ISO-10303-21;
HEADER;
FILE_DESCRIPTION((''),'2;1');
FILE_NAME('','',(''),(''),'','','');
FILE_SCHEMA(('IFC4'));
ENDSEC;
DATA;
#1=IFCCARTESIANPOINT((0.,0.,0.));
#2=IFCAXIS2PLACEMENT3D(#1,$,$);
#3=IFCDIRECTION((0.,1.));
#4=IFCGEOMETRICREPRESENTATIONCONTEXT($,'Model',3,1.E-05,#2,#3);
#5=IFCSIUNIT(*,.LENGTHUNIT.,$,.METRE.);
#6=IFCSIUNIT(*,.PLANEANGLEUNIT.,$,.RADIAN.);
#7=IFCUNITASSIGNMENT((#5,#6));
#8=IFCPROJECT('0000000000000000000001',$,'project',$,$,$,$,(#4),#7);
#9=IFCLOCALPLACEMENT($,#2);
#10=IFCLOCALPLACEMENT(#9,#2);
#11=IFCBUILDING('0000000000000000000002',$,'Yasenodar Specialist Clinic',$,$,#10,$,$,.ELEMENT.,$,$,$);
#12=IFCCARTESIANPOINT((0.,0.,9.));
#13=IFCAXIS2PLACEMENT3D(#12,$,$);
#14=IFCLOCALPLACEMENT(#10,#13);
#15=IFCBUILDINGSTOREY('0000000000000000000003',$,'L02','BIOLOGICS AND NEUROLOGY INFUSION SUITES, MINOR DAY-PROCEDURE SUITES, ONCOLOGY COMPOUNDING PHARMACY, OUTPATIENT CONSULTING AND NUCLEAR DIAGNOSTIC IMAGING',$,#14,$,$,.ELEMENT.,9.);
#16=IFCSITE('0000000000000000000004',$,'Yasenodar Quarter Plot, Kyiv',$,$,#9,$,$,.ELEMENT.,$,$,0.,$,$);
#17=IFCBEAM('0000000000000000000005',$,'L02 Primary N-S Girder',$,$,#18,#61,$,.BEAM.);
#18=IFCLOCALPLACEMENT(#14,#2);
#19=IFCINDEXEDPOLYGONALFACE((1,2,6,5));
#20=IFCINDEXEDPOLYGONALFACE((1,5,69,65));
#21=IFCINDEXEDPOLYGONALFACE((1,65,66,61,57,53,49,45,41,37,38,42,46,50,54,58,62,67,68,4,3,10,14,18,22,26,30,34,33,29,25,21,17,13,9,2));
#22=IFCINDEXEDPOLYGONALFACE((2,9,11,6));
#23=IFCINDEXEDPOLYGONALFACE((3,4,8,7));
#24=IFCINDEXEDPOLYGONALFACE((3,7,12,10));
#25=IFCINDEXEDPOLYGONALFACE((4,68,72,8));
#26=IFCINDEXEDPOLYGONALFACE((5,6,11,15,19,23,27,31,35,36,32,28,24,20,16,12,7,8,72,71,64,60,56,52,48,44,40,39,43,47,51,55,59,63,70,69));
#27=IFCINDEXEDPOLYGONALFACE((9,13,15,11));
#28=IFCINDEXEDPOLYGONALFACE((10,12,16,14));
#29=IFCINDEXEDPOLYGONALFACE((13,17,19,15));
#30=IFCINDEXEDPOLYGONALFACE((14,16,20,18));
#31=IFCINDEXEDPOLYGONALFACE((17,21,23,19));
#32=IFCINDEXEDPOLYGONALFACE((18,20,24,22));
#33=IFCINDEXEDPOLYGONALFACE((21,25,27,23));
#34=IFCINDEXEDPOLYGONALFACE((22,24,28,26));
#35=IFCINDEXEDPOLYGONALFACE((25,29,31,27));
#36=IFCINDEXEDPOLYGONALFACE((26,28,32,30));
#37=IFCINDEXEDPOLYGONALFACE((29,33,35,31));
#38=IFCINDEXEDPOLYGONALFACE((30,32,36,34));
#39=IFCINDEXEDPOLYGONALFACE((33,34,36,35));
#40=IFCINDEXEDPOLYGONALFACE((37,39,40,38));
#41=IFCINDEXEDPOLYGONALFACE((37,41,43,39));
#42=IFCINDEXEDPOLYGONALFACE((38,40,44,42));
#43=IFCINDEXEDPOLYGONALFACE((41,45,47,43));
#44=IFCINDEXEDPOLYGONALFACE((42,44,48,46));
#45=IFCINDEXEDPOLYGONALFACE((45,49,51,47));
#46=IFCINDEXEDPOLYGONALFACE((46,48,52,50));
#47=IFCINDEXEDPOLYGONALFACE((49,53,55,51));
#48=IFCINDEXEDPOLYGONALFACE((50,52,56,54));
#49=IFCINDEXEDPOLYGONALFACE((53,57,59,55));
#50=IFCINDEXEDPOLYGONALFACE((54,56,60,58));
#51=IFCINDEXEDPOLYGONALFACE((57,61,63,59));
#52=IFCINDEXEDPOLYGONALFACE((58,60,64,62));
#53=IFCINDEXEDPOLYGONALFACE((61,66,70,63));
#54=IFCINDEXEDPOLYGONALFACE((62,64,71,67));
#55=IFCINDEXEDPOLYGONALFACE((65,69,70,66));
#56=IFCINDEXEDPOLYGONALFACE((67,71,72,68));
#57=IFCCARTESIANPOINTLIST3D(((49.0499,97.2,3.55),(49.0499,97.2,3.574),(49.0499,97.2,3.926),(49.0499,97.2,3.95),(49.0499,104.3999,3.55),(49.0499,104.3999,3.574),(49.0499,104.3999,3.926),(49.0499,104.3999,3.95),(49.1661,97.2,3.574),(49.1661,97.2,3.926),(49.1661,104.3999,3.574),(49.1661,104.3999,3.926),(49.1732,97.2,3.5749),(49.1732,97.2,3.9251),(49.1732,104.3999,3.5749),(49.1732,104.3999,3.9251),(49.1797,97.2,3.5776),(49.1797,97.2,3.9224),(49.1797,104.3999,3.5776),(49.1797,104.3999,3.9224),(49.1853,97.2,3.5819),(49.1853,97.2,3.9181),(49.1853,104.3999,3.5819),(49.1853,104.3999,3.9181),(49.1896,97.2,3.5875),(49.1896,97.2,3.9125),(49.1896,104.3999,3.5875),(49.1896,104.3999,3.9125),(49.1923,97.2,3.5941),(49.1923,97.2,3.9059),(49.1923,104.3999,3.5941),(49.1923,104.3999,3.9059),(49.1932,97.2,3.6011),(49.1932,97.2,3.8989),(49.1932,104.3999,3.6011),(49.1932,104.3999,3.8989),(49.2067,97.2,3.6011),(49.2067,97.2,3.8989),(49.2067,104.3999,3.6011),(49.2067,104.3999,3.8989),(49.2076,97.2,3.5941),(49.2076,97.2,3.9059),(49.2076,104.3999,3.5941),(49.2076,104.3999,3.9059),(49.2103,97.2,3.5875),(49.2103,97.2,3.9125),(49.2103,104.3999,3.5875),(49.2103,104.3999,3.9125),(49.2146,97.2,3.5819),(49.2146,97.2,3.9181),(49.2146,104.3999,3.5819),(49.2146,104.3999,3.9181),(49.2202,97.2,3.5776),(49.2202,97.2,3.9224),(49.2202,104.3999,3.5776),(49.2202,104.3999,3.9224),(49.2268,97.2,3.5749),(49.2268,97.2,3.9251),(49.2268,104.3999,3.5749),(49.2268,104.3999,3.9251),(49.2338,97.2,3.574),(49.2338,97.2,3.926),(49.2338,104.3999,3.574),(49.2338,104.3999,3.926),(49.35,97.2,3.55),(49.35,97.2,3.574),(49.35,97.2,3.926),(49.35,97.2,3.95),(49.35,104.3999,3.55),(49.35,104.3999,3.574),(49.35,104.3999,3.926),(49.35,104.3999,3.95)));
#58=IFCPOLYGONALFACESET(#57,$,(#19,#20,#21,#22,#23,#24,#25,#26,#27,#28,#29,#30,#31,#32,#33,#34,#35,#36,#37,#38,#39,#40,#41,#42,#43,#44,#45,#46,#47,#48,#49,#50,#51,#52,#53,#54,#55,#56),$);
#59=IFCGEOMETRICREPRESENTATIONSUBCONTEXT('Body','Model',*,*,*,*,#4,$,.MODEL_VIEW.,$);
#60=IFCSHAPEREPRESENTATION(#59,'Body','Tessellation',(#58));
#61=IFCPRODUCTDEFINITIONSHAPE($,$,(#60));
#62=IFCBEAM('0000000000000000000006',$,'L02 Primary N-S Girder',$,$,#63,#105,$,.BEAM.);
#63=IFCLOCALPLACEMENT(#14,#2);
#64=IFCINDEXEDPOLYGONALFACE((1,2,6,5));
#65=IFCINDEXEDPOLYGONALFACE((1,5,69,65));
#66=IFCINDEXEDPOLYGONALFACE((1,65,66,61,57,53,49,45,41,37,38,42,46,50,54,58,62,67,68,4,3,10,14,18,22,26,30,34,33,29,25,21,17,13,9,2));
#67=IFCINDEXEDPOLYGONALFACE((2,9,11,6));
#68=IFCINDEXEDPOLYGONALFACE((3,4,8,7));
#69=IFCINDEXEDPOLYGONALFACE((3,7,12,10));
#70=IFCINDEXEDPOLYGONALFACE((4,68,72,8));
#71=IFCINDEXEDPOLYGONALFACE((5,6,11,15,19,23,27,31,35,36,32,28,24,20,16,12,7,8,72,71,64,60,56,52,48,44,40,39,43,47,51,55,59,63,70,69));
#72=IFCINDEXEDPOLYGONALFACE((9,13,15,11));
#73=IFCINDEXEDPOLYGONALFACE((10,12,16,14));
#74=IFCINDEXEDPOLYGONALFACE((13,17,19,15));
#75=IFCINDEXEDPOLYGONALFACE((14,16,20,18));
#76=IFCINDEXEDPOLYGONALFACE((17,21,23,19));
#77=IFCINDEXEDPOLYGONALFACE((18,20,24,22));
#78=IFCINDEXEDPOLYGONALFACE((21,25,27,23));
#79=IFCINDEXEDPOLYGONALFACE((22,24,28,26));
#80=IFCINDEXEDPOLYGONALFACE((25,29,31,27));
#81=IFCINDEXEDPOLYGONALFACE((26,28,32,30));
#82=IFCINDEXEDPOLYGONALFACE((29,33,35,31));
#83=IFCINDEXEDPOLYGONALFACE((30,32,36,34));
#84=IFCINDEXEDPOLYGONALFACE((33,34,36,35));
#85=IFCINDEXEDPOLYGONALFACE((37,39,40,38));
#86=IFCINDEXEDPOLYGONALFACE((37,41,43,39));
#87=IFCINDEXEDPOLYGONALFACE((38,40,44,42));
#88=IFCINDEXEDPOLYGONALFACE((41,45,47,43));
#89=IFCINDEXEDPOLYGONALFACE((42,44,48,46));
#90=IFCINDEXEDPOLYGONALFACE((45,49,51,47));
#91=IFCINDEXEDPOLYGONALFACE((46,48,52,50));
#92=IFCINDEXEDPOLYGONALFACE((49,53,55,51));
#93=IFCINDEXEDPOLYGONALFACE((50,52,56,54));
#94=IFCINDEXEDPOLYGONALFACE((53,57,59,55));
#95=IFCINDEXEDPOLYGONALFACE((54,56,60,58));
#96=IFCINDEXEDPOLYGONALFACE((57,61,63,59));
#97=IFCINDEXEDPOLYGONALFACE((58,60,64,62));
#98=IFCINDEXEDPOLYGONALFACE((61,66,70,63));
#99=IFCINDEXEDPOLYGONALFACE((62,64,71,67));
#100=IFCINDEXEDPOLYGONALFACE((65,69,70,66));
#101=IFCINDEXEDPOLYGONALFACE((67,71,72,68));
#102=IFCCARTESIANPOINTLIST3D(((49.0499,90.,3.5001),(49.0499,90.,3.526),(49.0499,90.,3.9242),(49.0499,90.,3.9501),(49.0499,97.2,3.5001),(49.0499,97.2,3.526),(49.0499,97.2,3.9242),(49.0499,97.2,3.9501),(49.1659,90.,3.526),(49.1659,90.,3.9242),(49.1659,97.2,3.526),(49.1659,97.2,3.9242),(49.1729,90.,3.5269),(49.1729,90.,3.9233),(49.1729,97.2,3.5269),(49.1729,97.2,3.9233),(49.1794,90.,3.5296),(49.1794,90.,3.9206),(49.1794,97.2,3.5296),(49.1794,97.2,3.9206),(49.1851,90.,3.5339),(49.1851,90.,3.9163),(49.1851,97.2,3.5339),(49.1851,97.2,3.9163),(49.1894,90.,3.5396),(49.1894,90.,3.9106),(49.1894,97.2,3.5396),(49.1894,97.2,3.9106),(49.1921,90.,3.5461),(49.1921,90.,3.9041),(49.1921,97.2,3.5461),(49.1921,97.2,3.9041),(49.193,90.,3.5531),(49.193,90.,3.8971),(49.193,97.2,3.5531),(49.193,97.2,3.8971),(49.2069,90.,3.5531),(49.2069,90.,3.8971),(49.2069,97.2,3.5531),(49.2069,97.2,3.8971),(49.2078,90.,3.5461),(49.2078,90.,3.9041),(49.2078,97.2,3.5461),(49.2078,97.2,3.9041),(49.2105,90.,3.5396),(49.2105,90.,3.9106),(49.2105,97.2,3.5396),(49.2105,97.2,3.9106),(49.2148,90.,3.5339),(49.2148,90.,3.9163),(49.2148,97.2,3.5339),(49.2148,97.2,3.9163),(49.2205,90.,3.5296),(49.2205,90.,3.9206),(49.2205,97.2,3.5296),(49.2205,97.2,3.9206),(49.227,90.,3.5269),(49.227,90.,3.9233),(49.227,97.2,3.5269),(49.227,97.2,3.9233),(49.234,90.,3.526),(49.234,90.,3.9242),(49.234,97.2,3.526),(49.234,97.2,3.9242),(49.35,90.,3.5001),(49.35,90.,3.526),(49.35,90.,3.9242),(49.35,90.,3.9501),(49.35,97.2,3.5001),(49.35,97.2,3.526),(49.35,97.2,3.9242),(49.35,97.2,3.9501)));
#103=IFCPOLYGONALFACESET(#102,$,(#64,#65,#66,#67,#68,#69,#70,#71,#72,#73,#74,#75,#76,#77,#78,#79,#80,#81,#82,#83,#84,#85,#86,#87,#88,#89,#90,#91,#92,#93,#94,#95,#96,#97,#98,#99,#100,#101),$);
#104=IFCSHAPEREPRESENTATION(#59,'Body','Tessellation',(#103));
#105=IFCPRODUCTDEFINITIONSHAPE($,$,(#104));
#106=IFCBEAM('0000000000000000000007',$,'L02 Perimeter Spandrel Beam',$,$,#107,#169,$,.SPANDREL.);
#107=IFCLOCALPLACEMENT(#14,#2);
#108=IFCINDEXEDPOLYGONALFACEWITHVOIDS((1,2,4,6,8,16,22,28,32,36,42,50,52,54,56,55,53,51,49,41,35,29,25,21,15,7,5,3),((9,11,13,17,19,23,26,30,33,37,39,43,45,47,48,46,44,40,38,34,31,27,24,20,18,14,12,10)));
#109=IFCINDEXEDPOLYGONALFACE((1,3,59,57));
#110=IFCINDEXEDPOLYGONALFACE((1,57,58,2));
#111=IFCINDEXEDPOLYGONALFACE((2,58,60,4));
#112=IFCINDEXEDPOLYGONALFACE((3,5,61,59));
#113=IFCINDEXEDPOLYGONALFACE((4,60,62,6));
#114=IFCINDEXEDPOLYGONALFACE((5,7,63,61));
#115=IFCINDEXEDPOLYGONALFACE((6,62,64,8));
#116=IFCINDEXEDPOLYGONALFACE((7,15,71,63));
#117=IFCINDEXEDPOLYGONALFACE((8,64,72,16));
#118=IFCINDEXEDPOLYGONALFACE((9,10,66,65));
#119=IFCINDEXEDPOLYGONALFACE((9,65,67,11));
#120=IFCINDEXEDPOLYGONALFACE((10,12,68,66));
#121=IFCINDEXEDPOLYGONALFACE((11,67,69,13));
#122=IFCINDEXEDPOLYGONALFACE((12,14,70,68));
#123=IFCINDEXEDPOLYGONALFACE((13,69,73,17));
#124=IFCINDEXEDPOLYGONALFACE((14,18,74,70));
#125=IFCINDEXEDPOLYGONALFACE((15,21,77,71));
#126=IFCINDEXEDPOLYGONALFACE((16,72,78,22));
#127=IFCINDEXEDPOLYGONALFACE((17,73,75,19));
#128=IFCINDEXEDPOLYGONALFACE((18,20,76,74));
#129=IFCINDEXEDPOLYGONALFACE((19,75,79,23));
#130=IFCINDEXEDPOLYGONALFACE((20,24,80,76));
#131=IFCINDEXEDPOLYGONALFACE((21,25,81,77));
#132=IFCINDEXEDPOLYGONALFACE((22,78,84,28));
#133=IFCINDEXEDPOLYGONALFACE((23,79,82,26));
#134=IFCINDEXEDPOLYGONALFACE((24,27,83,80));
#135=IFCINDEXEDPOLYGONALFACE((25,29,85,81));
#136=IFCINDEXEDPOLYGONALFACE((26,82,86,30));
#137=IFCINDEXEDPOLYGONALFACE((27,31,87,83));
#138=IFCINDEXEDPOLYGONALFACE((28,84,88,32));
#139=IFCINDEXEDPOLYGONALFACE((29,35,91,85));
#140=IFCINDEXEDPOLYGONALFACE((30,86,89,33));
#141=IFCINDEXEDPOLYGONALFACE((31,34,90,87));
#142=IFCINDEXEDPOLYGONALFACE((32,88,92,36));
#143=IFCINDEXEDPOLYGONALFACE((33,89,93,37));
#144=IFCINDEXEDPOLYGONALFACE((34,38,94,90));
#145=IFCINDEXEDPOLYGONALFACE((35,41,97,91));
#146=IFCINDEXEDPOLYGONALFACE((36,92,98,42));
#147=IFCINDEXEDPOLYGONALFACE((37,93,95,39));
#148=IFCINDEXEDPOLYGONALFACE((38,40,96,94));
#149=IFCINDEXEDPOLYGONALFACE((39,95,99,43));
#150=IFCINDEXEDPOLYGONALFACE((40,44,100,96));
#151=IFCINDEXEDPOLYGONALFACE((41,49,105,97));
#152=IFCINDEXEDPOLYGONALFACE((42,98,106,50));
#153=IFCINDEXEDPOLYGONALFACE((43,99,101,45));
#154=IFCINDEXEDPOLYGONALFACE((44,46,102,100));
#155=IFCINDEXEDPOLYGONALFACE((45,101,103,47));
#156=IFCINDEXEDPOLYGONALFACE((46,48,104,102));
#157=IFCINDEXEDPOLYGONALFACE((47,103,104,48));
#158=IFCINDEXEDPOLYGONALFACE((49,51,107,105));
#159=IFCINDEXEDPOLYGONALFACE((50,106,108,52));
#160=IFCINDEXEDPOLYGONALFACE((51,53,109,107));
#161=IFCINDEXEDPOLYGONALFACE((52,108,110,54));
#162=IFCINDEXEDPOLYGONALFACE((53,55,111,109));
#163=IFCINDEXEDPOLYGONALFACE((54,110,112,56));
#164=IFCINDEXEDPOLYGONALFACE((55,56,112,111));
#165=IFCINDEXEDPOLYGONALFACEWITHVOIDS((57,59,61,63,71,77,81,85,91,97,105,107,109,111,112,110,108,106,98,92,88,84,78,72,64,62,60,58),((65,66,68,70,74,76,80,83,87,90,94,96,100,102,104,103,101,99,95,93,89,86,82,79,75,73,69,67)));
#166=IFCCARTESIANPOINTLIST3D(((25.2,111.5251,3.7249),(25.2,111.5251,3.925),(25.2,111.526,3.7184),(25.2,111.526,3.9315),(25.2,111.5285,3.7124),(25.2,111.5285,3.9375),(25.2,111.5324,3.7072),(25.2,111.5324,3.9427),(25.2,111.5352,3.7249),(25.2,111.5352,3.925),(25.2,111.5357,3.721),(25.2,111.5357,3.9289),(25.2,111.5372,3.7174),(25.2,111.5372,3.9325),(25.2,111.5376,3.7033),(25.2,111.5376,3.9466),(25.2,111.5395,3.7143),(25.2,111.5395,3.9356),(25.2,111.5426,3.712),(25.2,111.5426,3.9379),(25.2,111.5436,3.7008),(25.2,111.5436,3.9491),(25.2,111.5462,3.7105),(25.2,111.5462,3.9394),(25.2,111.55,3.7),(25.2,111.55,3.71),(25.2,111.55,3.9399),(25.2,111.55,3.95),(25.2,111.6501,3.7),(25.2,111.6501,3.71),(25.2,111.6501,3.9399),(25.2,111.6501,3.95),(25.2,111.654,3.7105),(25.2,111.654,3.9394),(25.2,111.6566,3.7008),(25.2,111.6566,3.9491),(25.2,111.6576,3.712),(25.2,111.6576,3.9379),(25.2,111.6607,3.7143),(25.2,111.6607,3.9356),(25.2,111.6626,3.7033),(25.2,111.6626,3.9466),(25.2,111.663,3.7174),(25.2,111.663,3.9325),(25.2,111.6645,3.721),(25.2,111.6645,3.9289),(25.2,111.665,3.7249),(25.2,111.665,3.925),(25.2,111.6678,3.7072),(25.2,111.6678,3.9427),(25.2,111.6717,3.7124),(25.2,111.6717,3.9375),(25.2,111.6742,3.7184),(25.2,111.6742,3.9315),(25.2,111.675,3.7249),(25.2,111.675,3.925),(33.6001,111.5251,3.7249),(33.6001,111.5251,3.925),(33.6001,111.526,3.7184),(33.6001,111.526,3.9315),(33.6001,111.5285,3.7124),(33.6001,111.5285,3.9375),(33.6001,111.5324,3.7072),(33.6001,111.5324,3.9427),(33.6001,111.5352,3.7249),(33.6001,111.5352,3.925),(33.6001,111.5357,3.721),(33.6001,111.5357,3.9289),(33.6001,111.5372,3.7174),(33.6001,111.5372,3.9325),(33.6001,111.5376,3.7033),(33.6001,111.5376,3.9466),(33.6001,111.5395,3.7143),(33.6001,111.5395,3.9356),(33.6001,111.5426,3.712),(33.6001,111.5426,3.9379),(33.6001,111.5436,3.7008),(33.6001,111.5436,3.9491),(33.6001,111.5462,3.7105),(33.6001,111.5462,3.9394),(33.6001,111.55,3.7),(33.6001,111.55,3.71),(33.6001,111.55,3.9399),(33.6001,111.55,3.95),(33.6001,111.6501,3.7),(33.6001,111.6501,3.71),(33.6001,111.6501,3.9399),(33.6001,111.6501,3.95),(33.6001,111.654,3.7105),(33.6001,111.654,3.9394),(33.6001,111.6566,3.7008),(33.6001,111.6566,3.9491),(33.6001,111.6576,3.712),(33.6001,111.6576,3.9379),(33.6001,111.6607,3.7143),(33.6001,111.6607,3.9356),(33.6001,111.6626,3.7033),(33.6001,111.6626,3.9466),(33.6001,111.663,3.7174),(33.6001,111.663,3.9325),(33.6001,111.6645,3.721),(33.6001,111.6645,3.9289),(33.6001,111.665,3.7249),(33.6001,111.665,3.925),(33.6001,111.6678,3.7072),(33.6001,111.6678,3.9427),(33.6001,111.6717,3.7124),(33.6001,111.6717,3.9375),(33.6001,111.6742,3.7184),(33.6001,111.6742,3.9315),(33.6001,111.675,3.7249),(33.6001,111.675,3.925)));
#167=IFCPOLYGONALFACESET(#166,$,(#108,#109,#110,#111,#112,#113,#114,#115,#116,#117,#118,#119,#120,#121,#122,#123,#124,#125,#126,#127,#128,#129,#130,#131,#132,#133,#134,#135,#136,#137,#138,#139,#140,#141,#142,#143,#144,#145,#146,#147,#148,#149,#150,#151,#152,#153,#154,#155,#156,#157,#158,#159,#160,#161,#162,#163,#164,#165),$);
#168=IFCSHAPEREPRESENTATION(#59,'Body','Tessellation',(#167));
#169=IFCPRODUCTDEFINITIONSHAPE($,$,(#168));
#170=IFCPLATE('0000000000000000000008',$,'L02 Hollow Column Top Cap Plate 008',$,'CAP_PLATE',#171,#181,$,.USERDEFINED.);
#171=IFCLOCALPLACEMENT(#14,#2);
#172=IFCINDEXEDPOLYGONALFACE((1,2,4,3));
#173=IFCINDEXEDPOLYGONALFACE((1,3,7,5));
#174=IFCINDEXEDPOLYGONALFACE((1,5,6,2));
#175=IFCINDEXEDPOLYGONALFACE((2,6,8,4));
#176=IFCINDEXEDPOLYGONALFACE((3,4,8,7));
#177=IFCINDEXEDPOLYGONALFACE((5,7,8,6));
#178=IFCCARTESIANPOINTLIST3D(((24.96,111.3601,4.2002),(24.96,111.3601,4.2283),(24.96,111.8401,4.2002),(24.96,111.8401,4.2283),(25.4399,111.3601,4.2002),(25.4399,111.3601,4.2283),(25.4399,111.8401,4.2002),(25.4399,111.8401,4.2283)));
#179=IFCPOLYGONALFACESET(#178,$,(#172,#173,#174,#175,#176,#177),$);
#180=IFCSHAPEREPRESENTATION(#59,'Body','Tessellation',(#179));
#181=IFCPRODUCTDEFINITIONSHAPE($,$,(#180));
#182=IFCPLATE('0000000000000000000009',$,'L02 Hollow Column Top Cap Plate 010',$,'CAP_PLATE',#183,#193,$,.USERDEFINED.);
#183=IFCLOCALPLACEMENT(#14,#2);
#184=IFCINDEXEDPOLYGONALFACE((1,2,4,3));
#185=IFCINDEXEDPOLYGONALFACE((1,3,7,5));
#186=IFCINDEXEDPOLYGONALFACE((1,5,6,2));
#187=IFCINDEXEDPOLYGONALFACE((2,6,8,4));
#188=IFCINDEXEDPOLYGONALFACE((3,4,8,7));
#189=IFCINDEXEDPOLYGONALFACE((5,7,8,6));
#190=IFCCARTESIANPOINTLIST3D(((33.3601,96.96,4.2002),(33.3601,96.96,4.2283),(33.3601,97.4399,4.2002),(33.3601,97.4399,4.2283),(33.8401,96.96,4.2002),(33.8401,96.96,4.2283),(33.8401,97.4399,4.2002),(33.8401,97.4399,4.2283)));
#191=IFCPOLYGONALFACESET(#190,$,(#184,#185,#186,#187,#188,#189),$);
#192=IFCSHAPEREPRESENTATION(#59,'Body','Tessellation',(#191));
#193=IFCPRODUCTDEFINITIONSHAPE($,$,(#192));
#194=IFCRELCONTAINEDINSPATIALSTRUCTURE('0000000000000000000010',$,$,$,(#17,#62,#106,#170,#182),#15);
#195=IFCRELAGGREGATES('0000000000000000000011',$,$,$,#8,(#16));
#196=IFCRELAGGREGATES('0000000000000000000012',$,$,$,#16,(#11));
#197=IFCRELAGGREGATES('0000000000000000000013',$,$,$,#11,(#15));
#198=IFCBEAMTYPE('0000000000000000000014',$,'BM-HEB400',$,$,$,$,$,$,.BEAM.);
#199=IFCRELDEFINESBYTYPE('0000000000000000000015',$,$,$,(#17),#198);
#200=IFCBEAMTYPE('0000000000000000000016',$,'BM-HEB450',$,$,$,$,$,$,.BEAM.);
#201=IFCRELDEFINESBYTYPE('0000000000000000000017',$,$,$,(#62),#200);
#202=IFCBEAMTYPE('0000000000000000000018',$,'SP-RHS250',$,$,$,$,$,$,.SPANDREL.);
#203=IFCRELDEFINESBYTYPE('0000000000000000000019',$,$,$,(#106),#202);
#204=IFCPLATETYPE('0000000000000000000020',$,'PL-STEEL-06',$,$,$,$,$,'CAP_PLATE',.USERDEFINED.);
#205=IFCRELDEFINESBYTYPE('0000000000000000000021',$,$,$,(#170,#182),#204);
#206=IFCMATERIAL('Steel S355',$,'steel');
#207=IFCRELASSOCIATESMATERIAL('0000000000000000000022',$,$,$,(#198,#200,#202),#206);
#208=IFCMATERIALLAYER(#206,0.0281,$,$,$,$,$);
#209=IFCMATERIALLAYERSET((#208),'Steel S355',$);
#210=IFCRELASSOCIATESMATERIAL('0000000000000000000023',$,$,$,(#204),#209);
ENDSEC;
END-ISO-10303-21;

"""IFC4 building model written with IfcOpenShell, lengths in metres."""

from ifc_helpers import new_model, si_unit, direction, frame, origin, origin_2d, place, context, subcontext, project, spatial, rectangle, hollow_rectangle, i_section, extrude, material, layer, layer_set, material_profile, profile_set, type_object, element, save


model = new_model("IFC4")

# Units and contexts
model_context = context("Model", 3, precision=1e-05, world=origin(), true_north=direction((0.0, 1.0)))
body_context = subcontext(model_context, "Body", "Model", "MODEL_VIEW")
ifc_project = project(units=[si_unit("LENGTHUNIT", "METRE"), si_unit("PLANEANGLEUNIT", "RADIAN")], contexts=[model_context])

# Site, building, storey
site_placement = place(None, origin())
site = spatial("IfcSite", under=ifc_project, at=site_placement, Name="Yasenodar Quarter Plot, Kyiv", CompositionType="ELEMENT", RefElevation=0.0)
building_placement = place(site_placement, origin())
building = spatial("IfcBuilding", under=site, at=building_placement, Name="Yasenodar Specialist Clinic", CompositionType="ELEMENT")
storey_placement = place(building_placement, frame((0.0, 0.0, 9.0)))
storey = spatial("IfcBuildingStorey", under=building, at=storey_placement, Name="L02", Description="BIOLOGICS AND NEUROLOGY INFUSION SUITES, MINOR DAY-PROCEDURE SUITES, ONCOLOGY COMPOUNDING PHARMACY, OUTPATIENT CONSULTING AND NUCLEAR DIAGNOSTIC IMAGING", CompositionType="ELEMENT", Elevation=9.0)

# Shared definitions
ifc_material_1 = material(Name="Steel S355", Category="steel")

# Beams
ifc_material_profile_1 = material_profile(ifc_material_1, i_section(OverallWidth=0.3, OverallDepth=0.3999, WebThickness=0.0134, FlangeThickness=0.0239, FilletRadius=0.0271, at=origin_2d()), Name="HEB 400")
ifc_profile_set_1 = profile_set([ifc_material_profile_1], Name="Steel S355")
beam_type_1 = type_object("IfcBeamType", Name="BM-HEB400", PredefinedType="BEAM", material=ifc_profile_set_1)
beam_1_placement = place(storey_placement, frame((49.2, 97.2, 3.75), z_axis=(0.0, 1.0, 0.0), x_axis=(-1.0, 0.0, 0.0)))
element("IfcBeam", 1, at=beam_1_placement, inside=storey, type_object=beam_type_1, Name="L02 Primary N-S Girder", PredefinedType="BEAM", context=body_context, shape_type="SweptSolid", body=[
    extrude(i_section(OverallWidth=0.3, OverallDepth=0.3999, WebThickness=0.0134, FlangeThickness=0.0239, FilletRadius=0.0271, at=origin_2d()), origin(), (0.0, 0.0, 1.0), 7.2),
])
ifc_material_profile_2 = material_profile(ifc_material_1, i_section(OverallWidth=0.3, OverallDepth=0.45, WebThickness=0.0139, FlangeThickness=0.0259, FilletRadius=0.0271, at=origin_2d()), Name="HEB 450")
ifc_profile_set_2 = profile_set([ifc_material_profile_2], Name="Steel S355")
beam_type_2 = type_object("IfcBeamType", Name="BM-HEB450", PredefinedType="BEAM", material=ifc_profile_set_2)
beam_2_placement = place(storey_placement, frame((49.2, 90.0, 3.7251), z_axis=(0.0, 1.0, 0.0), x_axis=(-1.0, 0.0, 0.0)))
element("IfcBeam", 2, at=beam_2_placement, inside=storey, type_object=beam_type_2, Name="L02 Primary N-S Girder", PredefinedType="BEAM", context=body_context, shape_type="SweptSolid", body=[
    extrude(i_section(OverallWidth=0.3, OverallDepth=0.45, WebThickness=0.0139, FlangeThickness=0.0259, FilletRadius=0.0271, at=origin_2d()), origin(), (0.0, 0.0, 1.0), 7.2),
])
ifc_material_profile_3 = material_profile(ifc_material_1, hollow_rectangle(XDim=0.1499, YDim=0.25, WallThickness=0.01, InnerFilletRadius=0.0149, OuterFilletRadius=0.0249, at=origin_2d()), Name="RHS 250x150x10")
ifc_profile_set_3 = profile_set([ifc_material_profile_3], Name="Steel S355")
beam_type_3 = type_object("IfcBeamType", Name="SP-RHS250", PredefinedType="SPANDREL", material=ifc_profile_set_3)
beam_3_placement = place(storey_placement, frame((25.2, 111.6001, 3.825), z_axis=(1.0, 0.0, 0.0), x_axis=(0.0, 1.0, 0.0)))
element("IfcBeam", 3, at=beam_3_placement, inside=storey, type_object=beam_type_3, Name="L02 Perimeter Spandrel Beam", PredefinedType="SPANDREL", context=body_context, shape_type="SweptSolid", body=[
    extrude(hollow_rectangle(XDim=0.1499, YDim=0.25, WallThickness=0.01, InnerFilletRadius=0.0149, OuterFilletRadius=0.0249, at=origin_2d()), origin(), (0.0, 0.0, 1.0), 8.4001),
])

# Plates
ifc_layer_1 = layer(ifc_material_1, 0.0281)
ifc_layer_set_1 = layer_set([ifc_layer_1], Name="Steel S355")
plate_type = type_object("IfcPlateType", Name="PL-STEEL-06", ElementType="CAP_PLATE", PredefinedType="USERDEFINED", material=ifc_layer_set_1)
for number, where, z_axis, x_axis, name in (
    (4, (25.2, 111.6001, 4.2002), (0.0, 0.0, 1.0), (1.0, 0.0, 0.0), "L02 Hollow Column Top Cap Plate 008"),
    (5, (33.6001, 97.2, 4.2002), (0.0, 0.0, 1.0), (1.0, 0.0, 0.0), "L02 Hollow Column Top Cap Plate 010"),
):
    element("IfcPlate", number, at=place(storey_placement, frame(where, z_axis=z_axis, x_axis=x_axis)), inside=storey, type_object=plate_type, Name=name, ObjectType="CAP_PLATE", PredefinedType="USERDEFINED", context=body_context, shape_type="SweptSolid", body=[
        extrude(rectangle(XDim=0.48, YDim=0.48, at=origin_2d()), origin(), (0.0, 0.0, 1.0), 0.0281),
    ])

save(model, "model.ifc")
